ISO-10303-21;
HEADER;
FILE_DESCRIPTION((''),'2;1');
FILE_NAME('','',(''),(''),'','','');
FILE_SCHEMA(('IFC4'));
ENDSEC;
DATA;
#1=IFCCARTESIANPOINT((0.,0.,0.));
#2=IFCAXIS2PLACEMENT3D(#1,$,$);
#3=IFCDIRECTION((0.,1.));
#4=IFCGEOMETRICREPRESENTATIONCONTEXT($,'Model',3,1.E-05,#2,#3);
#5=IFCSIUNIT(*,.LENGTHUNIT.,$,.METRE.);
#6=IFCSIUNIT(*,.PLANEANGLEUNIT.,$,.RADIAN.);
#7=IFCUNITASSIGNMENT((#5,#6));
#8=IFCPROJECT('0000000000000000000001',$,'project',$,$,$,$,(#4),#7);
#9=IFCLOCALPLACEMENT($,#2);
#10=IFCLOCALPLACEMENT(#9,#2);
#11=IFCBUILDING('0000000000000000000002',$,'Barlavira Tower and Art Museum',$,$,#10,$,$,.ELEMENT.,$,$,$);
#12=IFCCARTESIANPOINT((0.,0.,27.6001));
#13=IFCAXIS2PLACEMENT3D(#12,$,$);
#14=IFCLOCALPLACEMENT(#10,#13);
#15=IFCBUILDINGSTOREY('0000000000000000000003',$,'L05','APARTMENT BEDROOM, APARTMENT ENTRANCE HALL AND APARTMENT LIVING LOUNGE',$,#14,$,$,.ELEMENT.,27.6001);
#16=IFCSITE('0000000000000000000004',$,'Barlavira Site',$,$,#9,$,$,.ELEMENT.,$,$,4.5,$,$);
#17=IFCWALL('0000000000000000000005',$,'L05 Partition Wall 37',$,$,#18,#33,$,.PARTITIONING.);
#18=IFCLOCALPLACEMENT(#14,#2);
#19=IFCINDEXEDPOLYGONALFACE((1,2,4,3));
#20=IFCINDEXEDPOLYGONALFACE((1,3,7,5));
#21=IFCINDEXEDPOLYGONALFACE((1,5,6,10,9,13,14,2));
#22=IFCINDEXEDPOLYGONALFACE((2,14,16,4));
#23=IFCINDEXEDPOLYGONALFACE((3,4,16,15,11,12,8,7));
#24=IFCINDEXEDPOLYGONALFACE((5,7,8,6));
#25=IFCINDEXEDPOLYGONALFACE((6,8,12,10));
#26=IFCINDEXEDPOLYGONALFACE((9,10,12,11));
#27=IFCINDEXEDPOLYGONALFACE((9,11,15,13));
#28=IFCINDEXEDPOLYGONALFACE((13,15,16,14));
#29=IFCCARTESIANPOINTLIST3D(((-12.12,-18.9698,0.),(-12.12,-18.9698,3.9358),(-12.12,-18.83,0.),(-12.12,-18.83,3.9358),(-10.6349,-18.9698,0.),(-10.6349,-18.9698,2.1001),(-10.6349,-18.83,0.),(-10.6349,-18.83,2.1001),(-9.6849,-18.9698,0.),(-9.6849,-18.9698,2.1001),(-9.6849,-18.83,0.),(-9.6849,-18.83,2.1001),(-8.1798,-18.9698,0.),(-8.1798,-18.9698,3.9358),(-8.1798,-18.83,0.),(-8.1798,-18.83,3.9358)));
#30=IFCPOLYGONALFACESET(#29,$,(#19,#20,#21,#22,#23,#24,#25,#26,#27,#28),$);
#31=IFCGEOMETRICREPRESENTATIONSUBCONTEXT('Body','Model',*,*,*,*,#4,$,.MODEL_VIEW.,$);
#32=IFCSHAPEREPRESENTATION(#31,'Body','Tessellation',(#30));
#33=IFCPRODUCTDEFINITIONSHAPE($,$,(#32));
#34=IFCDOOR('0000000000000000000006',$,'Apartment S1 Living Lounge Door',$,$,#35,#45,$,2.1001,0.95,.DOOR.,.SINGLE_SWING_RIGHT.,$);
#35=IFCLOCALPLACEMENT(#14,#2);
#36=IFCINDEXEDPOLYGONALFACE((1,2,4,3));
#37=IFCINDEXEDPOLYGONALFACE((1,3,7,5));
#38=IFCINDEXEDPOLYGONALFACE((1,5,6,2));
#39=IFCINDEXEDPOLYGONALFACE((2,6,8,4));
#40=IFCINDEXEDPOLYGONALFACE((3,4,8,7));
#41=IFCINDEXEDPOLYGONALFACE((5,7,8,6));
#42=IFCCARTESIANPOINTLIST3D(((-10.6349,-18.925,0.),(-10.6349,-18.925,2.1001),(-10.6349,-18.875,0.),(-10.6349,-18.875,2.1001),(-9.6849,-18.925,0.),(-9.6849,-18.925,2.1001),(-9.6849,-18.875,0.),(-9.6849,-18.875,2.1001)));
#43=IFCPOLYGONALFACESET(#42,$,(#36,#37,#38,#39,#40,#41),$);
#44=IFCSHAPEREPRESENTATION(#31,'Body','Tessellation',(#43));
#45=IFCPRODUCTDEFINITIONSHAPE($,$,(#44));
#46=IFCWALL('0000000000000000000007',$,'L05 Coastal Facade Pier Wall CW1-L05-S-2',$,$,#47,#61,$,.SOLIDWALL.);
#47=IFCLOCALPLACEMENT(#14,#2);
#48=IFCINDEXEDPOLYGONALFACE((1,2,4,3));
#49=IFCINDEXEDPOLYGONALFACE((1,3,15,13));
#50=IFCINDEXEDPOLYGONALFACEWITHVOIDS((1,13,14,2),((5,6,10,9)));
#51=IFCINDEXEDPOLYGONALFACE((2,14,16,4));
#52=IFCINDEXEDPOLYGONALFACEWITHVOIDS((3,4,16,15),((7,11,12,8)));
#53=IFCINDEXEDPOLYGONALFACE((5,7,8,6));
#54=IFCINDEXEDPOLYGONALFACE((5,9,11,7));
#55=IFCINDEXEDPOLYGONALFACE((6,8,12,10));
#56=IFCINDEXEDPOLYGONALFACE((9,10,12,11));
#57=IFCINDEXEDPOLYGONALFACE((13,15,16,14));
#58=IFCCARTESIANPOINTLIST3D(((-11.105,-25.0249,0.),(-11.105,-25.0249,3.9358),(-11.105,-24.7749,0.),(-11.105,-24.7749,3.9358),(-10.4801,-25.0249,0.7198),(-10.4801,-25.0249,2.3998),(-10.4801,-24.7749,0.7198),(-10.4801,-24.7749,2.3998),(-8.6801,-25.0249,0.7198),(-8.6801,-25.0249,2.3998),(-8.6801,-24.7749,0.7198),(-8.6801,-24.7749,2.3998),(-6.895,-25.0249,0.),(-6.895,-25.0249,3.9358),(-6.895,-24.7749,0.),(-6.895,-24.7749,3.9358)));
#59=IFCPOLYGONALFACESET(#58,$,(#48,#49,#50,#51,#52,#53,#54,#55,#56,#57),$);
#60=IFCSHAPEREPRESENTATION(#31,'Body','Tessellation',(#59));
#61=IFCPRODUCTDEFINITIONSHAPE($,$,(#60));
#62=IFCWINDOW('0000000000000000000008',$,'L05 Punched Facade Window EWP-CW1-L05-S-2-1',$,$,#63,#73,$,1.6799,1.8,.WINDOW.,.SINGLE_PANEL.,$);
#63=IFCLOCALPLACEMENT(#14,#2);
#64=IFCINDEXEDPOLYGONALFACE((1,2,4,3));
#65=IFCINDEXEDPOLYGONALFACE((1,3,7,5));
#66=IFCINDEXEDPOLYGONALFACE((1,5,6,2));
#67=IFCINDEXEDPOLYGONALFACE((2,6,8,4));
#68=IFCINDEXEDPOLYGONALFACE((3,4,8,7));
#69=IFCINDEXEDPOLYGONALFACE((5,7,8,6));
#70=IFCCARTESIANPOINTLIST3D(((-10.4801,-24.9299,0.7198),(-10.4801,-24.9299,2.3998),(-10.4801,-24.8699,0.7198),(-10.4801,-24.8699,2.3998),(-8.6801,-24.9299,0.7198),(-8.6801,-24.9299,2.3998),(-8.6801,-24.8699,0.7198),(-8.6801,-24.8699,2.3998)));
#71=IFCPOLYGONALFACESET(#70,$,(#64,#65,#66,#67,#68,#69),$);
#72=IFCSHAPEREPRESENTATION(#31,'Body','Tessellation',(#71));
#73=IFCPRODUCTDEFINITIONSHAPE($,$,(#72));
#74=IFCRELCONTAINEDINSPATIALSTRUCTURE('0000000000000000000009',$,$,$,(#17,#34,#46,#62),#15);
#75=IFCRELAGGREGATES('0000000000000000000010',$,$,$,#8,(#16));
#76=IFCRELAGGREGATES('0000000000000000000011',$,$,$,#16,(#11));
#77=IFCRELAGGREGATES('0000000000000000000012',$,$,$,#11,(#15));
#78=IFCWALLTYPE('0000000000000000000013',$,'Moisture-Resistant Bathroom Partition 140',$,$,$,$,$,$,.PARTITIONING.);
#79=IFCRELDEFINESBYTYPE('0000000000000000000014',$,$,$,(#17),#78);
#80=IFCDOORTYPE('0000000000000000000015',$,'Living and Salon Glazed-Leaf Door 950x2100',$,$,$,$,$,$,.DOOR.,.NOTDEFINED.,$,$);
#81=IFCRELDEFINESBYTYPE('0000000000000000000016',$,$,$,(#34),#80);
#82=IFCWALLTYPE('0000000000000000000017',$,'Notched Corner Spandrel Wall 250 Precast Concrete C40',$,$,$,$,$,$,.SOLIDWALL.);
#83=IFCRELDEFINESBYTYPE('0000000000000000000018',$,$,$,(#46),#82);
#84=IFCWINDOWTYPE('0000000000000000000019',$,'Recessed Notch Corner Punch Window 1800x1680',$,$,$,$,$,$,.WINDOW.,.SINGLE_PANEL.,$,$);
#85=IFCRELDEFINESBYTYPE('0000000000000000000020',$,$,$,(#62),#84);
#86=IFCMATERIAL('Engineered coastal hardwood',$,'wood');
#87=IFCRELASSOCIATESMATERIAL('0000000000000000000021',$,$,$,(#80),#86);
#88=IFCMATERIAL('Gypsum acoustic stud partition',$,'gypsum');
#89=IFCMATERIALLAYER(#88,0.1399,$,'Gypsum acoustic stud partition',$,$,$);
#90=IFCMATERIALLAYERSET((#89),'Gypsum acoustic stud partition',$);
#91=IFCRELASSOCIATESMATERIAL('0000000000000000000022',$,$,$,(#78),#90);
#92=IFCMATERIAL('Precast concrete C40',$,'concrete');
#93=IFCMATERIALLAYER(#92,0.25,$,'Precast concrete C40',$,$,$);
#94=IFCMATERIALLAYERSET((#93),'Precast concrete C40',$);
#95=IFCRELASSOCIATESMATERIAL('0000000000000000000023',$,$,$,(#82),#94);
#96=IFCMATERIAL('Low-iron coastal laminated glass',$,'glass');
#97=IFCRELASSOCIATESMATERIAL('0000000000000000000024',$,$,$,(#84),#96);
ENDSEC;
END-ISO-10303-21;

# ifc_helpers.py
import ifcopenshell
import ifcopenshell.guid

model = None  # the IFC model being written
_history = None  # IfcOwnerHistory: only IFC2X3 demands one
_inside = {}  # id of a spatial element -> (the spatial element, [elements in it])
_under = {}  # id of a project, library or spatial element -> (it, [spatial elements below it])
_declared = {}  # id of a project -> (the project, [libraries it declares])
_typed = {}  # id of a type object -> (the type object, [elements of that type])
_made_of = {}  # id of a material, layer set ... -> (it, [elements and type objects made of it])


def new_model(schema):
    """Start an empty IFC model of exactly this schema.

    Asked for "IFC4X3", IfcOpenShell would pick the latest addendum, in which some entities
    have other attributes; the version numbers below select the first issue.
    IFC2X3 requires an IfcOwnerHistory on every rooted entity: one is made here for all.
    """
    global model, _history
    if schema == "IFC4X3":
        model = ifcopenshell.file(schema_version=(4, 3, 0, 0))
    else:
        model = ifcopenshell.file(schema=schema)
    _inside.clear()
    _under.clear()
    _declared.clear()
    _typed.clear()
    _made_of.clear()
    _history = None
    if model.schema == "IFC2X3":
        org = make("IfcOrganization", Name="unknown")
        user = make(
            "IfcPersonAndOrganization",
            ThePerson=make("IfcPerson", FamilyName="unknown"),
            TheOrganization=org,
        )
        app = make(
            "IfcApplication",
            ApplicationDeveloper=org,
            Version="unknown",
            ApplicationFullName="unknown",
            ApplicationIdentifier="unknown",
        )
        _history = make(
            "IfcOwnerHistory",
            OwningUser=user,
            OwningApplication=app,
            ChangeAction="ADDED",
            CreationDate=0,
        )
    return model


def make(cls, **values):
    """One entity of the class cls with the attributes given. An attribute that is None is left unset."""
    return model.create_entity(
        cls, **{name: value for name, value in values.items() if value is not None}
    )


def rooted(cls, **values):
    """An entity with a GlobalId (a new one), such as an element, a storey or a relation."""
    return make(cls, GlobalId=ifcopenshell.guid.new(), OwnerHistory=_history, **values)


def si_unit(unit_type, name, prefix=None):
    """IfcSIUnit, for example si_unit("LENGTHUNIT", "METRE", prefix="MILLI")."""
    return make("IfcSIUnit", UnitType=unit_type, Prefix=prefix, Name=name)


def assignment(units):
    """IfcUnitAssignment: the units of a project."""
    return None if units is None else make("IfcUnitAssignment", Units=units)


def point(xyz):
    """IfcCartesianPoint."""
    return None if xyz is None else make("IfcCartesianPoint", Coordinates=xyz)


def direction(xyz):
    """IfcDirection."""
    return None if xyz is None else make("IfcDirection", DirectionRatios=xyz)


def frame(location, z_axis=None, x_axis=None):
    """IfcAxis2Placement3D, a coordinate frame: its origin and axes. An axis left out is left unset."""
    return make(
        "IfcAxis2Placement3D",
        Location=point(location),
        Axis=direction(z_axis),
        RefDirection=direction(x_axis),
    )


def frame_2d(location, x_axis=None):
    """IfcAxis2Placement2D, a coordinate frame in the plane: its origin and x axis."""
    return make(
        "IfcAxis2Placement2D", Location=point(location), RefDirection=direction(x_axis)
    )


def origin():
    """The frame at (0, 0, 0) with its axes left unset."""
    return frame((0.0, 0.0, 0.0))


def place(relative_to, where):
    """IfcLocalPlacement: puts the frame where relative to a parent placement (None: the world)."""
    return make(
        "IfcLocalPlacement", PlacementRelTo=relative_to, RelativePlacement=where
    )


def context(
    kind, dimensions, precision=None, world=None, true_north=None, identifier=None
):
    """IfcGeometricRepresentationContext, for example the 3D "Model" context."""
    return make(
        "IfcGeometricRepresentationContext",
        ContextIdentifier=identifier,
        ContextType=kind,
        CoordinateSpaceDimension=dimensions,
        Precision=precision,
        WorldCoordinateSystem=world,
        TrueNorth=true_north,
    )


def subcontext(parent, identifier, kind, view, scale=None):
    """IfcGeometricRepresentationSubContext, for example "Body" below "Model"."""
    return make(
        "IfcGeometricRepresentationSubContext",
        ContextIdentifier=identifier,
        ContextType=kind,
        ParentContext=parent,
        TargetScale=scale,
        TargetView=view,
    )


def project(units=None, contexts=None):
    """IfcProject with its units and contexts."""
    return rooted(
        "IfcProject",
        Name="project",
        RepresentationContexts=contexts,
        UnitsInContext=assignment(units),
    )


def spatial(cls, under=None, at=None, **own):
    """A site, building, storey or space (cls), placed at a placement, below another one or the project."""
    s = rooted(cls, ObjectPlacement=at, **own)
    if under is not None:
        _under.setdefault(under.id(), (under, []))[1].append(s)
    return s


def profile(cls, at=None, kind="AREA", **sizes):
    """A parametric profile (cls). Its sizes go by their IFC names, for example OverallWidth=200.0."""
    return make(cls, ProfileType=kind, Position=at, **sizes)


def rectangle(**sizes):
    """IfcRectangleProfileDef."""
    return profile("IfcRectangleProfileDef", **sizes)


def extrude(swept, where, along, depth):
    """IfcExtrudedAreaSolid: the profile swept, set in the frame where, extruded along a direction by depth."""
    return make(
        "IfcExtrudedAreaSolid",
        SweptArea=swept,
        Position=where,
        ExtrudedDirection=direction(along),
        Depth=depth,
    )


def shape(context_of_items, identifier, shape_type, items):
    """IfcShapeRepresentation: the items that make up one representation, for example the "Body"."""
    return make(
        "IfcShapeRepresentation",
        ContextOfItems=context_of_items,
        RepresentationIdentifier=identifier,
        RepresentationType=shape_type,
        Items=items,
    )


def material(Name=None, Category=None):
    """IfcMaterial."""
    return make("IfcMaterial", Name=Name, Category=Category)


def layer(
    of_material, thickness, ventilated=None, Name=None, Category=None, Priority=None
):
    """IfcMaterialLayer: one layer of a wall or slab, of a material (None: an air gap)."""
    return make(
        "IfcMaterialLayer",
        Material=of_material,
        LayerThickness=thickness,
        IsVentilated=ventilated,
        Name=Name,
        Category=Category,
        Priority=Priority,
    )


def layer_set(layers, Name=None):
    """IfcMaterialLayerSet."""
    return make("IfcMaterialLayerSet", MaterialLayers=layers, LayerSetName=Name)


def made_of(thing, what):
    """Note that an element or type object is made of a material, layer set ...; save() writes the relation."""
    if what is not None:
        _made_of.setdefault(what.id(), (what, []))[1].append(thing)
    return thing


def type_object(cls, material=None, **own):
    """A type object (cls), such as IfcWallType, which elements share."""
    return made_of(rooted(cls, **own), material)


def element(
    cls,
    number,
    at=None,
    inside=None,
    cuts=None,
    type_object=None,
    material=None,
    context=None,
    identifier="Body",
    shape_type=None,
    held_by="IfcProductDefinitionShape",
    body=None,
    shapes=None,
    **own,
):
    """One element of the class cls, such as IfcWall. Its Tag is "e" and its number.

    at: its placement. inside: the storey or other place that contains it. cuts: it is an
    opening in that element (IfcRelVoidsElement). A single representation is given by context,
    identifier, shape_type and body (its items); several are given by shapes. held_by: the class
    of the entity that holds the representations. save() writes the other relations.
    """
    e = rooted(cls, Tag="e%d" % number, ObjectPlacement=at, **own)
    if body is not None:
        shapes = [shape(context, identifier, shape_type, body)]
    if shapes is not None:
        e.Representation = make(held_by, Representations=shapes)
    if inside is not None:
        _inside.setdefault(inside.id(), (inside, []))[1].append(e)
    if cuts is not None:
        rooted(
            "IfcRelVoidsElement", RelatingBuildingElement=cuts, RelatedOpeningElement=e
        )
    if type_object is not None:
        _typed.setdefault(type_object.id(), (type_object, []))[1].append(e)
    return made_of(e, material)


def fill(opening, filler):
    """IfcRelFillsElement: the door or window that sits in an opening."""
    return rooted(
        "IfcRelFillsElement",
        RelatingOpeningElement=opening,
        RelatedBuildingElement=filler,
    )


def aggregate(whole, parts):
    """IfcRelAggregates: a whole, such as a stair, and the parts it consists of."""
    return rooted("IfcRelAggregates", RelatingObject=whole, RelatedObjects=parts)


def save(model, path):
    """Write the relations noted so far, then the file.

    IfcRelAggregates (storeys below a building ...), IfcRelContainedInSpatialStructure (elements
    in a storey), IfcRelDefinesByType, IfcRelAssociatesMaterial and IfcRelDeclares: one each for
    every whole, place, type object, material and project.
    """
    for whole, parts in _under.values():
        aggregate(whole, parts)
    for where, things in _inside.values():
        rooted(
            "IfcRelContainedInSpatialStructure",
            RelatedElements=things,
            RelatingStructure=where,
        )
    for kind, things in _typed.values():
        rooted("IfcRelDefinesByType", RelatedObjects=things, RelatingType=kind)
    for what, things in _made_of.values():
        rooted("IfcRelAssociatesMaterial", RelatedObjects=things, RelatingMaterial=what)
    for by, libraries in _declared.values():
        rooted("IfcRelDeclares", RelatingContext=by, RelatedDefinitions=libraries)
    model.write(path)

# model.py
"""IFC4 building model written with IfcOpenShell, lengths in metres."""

from ifc_helpers import new_model, si_unit, direction, frame, frame_2d, origin, place, context, subcontext, project, spatial, rectangle, extrude, material, layer, layer_set, type_object, element, fill, save


model = new_model("IFC4")

# Units and contexts
model_context = context("Model", 3, precision=1e-05, world=origin(), true_north=direction((0.0, 1.0)))
body_context = subcontext(model_context, "Body", "Model", "MODEL_VIEW")
ifc_project = project(units=[si_unit("LENGTHUNIT", "METRE"), si_unit("PLANEANGLEUNIT", "RADIAN")], contexts=[model_context])

# Site, building, storey
site_placement = place(None, origin())
site = spatial("IfcSite", under=ifc_project, at=site_placement, Name="Barlavira Site", CompositionType="ELEMENT", RefElevation=4.5)
building_placement = place(site_placement, origin())
building = spatial("IfcBuilding", under=site, at=building_placement, Name="Barlavira Tower and Art Museum", CompositionType="ELEMENT")
storey_placement = place(building_placement, frame((0.0, 0.0, 27.6001)))
storey = spatial("IfcBuildingStorey", under=building, at=storey_placement, Name="L05", Description="APARTMENT BEDROOM, APARTMENT ENTRANCE HALL AND APARTMENT LIVING LOUNGE", CompositionType="ELEMENT", Elevation=27.6001)

# Shared definitions
ifc_material_1 = material(Name="Gypsum acoustic stud partition", Category="gypsum")
ifc_material_2 = material(Name="Engineered coastal hardwood", Category="wood")
door_type_1 = type_object("IfcDoorType", Name="Living and Salon Glazed-Leaf Door 950x2100", OperationType="NOTDEFINED", PredefinedType="DOOR", material=ifc_material_2)

# Shared definitions
ifc_layer_1 = layer(ifc_material_1, 0.1399, Name="Gypsum acoustic stud partition")
ifc_layer_set_1 = layer_set([ifc_layer_1], Name="Gypsum acoustic stud partition")
wall_type_1 = type_object("IfcWallType", Name="Moisture-Resistant Bathroom Partition 140", PredefinedType="PARTITIONING", material=ifc_layer_set_1)

# Wall, opening, door
wall_1_placement = place(storey_placement, frame((-12.1201, -18.8999, 0.0), z_axis=(0.0, 0.0, 1.0), x_axis=(1.0, 0.0, 0.0)))
wall_1 = element("IfcWall", 1, at=wall_1_placement, inside=storey, type_object=wall_type_1, Name="L05 Partition Wall 37", PredefinedType="PARTITIONING", context=body_context, shape_type="SweptSolid", body=[
    extrude(rectangle(XDim=3.9402, YDim=0.1399, at=frame_2d((1.9702, 0.0))), origin(), (0.0, 0.0, 1.0), 3.9358),
])
opening_1_placement = place(wall_1_placement, frame((1.4851, 0.0, 0.0)))
opening_1 = element("IfcOpeningElement", 2, at=opening_1_placement, cuts=wall_1, PredefinedType="OPENING", context=body_context, shape_type="SweptSolid", body=[
    extrude(rectangle(XDim=0.95, YDim=2.1001, at=frame_2d((0.4751, 1.05))), frame((0.0, 0.0801, 0.0), z_axis=(0.0, -1.0, 0.0), x_axis=(1.0, 0.0, 0.0)), (0.0, 0.0, 1.0), 0.1599),
])
door_1_placement = place(opening_1_placement, origin())
door_1 = element("IfcDoor", 3, at=door_1_placement, inside=storey, type_object=door_type_1, Name="Apartment S1 Living Lounge Door", OperationType="SINGLE_SWING_RIGHT", OverallHeight=2.1001, OverallWidth=0.95, PredefinedType="DOOR", context=body_context, shape_type="SweptSolid", body=[
    extrude(rectangle(XDim=0.95, YDim=2.1001, at=frame_2d((0.4751, 1.05))), frame((0.0, 0.0249, 0.0), z_axis=(0.0, -1.0, 0.0), x_axis=(1.0, 0.0, 0.0)), (0.0, 0.0, 1.0), 0.05),
])
fill(opening_1, door_1)

# Wall, opening, window
ifc_material_3 = material(Name="Precast concrete C40", Category="concrete")
ifc_layer_2 = layer(ifc_material_3, 0.25, Name="Precast concrete C40")
ifc_layer_set_2 = layer_set([ifc_layer_2], Name="Precast concrete C40")
wall_type_2 = type_object("IfcWallType", Name="Notched Corner Spandrel Wall 250 Precast Concrete C40", PredefinedType="SOLIDWALL", material=ifc_layer_set_2)
wall_2_placement = place(storey_placement, frame((-11.105, -24.8999, 0.0), z_axis=(0.0, 0.0, 1.0), x_axis=(1.0, 0.0, 0.0)))
wall_2 = element("IfcWall", 4, at=wall_2_placement, inside=storey, type_object=wall_type_2, Name="L05 Coastal Facade Pier Wall CW1-L05-S-2", PredefinedType="SOLIDWALL", context=body_context, shape_type="SweptSolid", body=[
    extrude(rectangle(XDim=4.21, YDim=0.25, at=frame_2d((2.105, 0.0))), origin(), (0.0, 0.0, 1.0), 3.9358),
])
opening_2_placement = place(wall_2_placement, frame((0.625, 0.0, 0.72)))
opening_2 = element("IfcOpeningElement", 5, at=opening_2_placement, cuts=wall_2, PredefinedType="OPENING", context=body_context, shape_type="SweptSolid", body=[
    extrude(rectangle(XDim=1.8, YDim=1.6799, at=frame_2d((0.8999, 0.8398))), frame((0.0, 0.135, 0.0), z_axis=(0.0, -1.0, 0.0), x_axis=(1.0, 0.0, 0.0)), (0.0, 0.0, 1.0), 0.27),
])
ifc_material_4 = material(Name="Low-iron coastal laminated glass", Category="glass")
window_type = type_object("IfcWindowType", Name="Recessed Notch Corner Punch Window 1800x1680", PartitioningType="SINGLE_PANEL", PredefinedType="WINDOW", material=ifc_material_4)
window_placement = place(opening_2_placement, origin())
window = element("IfcWindow", 6, at=window_placement, inside=storey, type_object=window_type, Name="L05 Punched Facade Window EWP-CW1-L05-S-2-1", OverallHeight=1.6799, OverallWidth=1.8, PartitioningType="SINGLE_PANEL", PredefinedType="WINDOW", context=body_context, shape_type="SweptSolid", body=[
    extrude(rectangle(XDim=1.8, YDim=1.6799, at=frame_2d((0.8999, 0.8398))), frame((0.0, 0.03, 0.0), z_axis=(0.0, -1.0, 0.0), x_axis=(1.0, 0.0, 0.0)), (0.0, 0.0, 1.0), 0.0601),
])
fill(opening_2, window)

save(model, "model.ifc")
